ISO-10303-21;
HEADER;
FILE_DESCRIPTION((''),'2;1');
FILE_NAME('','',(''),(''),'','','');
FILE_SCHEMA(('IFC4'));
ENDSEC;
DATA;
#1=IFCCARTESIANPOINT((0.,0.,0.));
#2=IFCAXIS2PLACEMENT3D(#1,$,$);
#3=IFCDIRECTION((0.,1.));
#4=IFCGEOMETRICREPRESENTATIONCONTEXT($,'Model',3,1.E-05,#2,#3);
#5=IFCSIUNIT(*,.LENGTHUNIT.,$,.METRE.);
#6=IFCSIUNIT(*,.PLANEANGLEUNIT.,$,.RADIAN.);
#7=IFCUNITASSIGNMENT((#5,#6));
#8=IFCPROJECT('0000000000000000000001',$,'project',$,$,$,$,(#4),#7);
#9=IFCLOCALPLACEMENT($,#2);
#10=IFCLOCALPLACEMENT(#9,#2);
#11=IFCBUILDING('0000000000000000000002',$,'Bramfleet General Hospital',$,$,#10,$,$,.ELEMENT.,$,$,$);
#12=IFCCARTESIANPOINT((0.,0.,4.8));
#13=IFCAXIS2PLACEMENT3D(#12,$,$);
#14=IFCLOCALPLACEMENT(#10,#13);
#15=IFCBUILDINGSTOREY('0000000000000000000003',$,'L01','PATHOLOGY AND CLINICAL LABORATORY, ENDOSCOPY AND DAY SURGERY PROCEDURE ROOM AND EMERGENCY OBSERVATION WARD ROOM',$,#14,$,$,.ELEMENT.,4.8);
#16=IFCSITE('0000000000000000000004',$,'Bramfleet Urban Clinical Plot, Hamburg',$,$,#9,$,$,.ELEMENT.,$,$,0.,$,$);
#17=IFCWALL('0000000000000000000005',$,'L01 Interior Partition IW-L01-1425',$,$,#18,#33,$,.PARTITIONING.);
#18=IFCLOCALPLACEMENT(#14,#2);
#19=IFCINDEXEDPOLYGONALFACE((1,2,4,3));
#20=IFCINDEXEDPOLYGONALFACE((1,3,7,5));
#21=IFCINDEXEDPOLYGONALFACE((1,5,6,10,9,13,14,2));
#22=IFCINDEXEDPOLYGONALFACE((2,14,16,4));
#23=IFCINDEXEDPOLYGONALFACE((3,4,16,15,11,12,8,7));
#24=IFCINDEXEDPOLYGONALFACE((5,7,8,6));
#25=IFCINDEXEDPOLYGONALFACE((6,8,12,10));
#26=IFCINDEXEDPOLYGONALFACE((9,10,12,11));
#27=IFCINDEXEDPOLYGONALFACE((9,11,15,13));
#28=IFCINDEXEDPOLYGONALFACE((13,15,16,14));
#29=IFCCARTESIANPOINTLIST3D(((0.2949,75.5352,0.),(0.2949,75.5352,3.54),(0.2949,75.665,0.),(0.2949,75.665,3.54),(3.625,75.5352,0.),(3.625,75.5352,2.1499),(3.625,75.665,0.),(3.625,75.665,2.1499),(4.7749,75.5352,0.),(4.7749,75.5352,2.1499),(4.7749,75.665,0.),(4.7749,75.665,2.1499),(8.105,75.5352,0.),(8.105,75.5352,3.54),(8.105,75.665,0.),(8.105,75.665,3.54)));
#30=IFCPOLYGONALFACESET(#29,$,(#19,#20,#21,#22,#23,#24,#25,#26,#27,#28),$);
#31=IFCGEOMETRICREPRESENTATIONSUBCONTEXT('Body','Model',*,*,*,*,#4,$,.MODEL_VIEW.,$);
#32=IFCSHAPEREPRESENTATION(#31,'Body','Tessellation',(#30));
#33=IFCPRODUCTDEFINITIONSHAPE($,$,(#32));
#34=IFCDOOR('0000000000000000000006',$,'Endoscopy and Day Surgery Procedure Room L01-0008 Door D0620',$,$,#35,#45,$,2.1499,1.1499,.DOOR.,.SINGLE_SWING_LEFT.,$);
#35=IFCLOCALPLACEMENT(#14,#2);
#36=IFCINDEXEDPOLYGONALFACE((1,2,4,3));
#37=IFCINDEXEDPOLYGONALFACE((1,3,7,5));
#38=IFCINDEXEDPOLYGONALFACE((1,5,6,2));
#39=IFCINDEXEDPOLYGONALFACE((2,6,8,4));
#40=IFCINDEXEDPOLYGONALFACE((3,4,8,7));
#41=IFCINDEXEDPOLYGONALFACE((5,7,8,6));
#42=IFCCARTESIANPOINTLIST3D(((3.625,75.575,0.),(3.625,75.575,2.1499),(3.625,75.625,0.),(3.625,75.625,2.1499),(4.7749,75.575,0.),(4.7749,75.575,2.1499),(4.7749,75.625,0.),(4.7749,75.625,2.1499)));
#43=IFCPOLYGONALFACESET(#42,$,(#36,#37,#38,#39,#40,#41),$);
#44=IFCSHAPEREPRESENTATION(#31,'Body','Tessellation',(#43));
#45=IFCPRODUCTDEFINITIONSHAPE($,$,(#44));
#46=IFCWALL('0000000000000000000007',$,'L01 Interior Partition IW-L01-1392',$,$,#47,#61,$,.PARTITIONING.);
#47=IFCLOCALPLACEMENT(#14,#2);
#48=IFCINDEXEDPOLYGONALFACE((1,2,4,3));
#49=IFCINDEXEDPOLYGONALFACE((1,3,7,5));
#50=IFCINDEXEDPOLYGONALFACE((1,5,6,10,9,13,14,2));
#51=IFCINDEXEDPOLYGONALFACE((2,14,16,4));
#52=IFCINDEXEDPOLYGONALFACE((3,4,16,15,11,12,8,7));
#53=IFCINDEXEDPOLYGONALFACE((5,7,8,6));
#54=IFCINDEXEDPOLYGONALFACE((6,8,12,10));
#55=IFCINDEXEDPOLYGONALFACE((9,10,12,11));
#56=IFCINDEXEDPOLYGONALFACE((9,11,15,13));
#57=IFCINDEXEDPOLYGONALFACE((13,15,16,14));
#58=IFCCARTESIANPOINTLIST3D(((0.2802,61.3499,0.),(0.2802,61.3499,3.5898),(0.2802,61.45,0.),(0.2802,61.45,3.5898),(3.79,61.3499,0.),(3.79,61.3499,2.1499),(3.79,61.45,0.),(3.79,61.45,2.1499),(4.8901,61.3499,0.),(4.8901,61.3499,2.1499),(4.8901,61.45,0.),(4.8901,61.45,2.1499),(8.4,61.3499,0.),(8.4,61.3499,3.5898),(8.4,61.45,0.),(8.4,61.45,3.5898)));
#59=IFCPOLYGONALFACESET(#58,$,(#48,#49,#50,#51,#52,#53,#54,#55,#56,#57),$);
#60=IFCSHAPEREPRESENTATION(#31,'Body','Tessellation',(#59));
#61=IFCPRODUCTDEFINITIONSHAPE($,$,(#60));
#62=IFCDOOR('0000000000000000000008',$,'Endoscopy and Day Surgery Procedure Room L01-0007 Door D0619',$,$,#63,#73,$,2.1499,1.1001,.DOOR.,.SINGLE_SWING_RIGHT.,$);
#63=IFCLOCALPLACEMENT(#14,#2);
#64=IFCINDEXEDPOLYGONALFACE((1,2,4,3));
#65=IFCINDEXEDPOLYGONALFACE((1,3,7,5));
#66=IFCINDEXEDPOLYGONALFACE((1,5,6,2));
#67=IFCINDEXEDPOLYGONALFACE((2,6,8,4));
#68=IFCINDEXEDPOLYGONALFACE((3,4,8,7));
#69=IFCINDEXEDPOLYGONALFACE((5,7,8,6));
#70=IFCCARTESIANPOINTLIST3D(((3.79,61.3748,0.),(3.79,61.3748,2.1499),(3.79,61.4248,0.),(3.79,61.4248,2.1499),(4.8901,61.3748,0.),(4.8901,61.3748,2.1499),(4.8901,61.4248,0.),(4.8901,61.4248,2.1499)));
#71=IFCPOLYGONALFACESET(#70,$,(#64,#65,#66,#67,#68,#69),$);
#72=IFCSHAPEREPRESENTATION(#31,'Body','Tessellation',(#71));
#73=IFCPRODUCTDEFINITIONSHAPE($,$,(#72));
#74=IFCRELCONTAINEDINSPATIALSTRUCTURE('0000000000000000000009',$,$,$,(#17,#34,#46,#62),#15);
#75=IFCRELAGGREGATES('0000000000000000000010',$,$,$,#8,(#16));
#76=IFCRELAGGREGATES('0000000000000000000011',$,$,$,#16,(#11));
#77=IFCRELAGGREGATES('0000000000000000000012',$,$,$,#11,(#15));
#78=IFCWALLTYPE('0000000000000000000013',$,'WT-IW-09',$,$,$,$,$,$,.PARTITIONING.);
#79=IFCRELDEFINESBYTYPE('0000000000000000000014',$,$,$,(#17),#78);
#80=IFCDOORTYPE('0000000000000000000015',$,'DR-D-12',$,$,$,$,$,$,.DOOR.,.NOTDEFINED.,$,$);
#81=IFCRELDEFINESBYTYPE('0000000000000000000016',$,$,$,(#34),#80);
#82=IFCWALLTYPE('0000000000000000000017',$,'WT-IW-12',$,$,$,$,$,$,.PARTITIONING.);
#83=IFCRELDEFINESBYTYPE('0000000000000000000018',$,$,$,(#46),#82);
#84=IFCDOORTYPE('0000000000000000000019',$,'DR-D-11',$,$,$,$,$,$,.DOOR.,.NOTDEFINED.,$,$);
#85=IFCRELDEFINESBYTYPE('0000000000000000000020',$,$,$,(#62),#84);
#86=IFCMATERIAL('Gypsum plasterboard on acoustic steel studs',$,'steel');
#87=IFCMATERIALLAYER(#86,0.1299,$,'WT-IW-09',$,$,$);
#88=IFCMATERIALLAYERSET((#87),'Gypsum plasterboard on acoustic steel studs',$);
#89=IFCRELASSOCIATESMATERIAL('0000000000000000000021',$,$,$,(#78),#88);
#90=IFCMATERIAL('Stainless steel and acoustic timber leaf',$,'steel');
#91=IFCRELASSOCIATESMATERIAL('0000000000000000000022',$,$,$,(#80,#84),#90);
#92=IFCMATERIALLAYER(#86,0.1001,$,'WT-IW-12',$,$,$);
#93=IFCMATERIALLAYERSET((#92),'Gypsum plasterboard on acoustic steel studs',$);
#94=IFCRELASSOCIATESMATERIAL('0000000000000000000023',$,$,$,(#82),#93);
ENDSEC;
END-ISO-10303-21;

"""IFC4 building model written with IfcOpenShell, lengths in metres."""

from ifc_helpers import new_model, si_unit, direction, frame, frame_2d, origin, place, context, subcontext, project, spatial, rectangle, extrude, material, layer, layer_set, type_object, element, fill, save


model = new_model("IFC4")

# Units and contexts
model_context = context("Model", 3, precision=1e-05, world=origin(), true_north=direction((0.0, 1.0)))
body_context = subcontext(model_context, "Body", "Model", "MODEL_VIEW")
ifc_project = project(units=[si_unit("LENGTHUNIT", "METRE"), si_unit("PLANEANGLEUNIT", "RADIAN")], contexts=[model_context])

# Site, building, storey
site_placement = place(None, origin())
site = spatial("IfcSite", under=ifc_project, at=site_placement, Name="Bramfleet Urban Clinical Plot, Hamburg", CompositionType="ELEMENT", RefElevation=0.0)
building_placement = place(site_placement, origin())
building = spatial("IfcBuilding", under=site, at=building_placement, Name="Bramfleet General Hospital", CompositionType="ELEMENT")
storey_placement = place(building_placement, frame((0.0, 0.0, 4.8)))
storey = spatial("IfcBuildingStorey", under=building, at=storey_placement, Name="L01", Description="PATHOLOGY AND CLINICAL LABORATORY, ENDOSCOPY AND DAY SURGERY PROCEDURE ROOM AND EMERGENCY OBSERVATION WARD ROOM", CompositionType="ELEMENT", Elevation=4.8)

# Walls, openings, doors
ifc_material_1 = material(Name="Gypsum plasterboard on acoustic steel studs", Category="steel")
ifc_layer_1 = layer(ifc_material_1, 0.1299, Name="WT-IW-09")
ifc_layer_set_1 = layer_set([ifc_layer_1], Name="Gypsum plasterboard on acoustic steel studs")
wall_type_1 = type_object("IfcWallType", Name="WT-IW-09", PredefinedType="PARTITIONING", material=ifc_layer_set_1)
wall_1_placement = place(storey_placement, frame((0.2949, 75.6001, 0.0), z_axis=(0.0, 0.0, 1.0), x_axis=(1.0, 0.0, 0.0)))
wall_1 = element("IfcWall", 1, at=wall_1_placement, inside=storey, type_object=wall_type_1, Name="L01 Interior Partition IW-L01-1425", PredefinedType="PARTITIONING", context=body_context, shape_type="SweptSolid", body=[
    extrude(rectangle(XDim=7.8101, YDim=0.1299, at=frame_2d((3.905, 0.0))), origin(), (0.0, 0.0, 1.0), 3.54),
])
opening_1_placement = place(wall_1_placement, frame((3.3301, 0.0, 0.0)))
opening_1 = element("IfcOpeningElement", 2, at=opening_1_placement, cuts=wall_1, PredefinedType="OPENING", context=body_context, shape_type="SweptSolid", body=[
    extrude(rectangle(XDim=1.1499, YDim=2.1499, at=frame_2d((0.575, 1.075))), frame((0.0, 0.075, 0.0), z_axis=(0.0, -1.0, 0.0), x_axis=(1.0, 0.0, 0.0)), (0.0, 0.0, 1.0), 0.1499),
])
ifc_material_2 = material(Name="Stainless steel and acoustic timber leaf", Category="steel")
door_type_1 = type_object("IfcDoorType", Name="DR-D-12", OperationType="NOTDEFINED", PredefinedType="DOOR", material=ifc_material_2)
door_1_placement = place(opening_1_placement, origin())
door_1 = element("IfcDoor", 3, at=door_1_placement, inside=storey, type_object=door_type_1, Name="Endoscopy and Day Surgery Procedure Room L01-0008 Door D0620", OperationType="SINGLE_SWING_LEFT", OverallHeight=2.1499, OverallWidth=1.1499, PredefinedType="DOOR", context=body_context, shape_type="SweptSolid", body=[
    extrude(rectangle(XDim=1.1499, YDim=2.1499, at=frame_2d((0.575, 1.075))), frame((0.0, 0.0249, 0.0), z_axis=(0.0, -1.0, 0.0), x_axis=(1.0, 0.0, 0.0)), (0.0, 0.0, 1.0), 0.05),
])
fill(opening_1, door_1)
ifc_layer_2 = layer(ifc_material_1, 0.1001, Name="WT-IW-12")
ifc_layer_set_2 = layer_set([ifc_layer_2], Name="Gypsum plasterboard on acoustic steel studs")
wall_type_2 = type_object("IfcWallType", Name="WT-IW-12", PredefinedType="PARTITIONING", material=ifc_layer_set_2)
wall_2_placement = place(storey_placement, frame((0.28, 61.3999, 0.0), z_axis=(0.0, 0.0, 1.0), x_axis=(1.0, 0.0, 0.0)))
wall_2 = element("IfcWall", 4, at=wall_2_placement, inside=storey, type_object=wall_type_2, Name="L01 Interior Partition IW-L01-1392", PredefinedType="PARTITIONING", context=body_context, shape_type="SweptSolid", body=[
    extrude(rectangle(XDim=8.1199, YDim=0.1001, at=frame_2d((4.0601, 0.0))), origin(), (0.0, 0.0, 1.0), 3.5898),
])
opening_2_placement = place(wall_2_placement, frame((3.51, 0.0, 0.0)))
opening_2 = element("IfcOpeningElement", 5, at=opening_2_placement, cuts=wall_2, PredefinedType="OPENING", context=body_context, shape_type="SweptSolid", body=[
    extrude(rectangle(XDim=1.1001, YDim=2.1499, at=frame_2d((0.55, 1.075))), frame((0.0, 0.0601, 0.0), z_axis=(0.0, -1.0, 0.0), x_axis=(1.0, 0.0, 0.0)), (0.0, 0.0, 1.0), 0.1201),
])
door_type_2 = type_object("IfcDoorType", Name="DR-D-11", OperationType="NOTDEFINED", PredefinedType="DOOR", material=ifc_material_2)
door_2_placement = place(opening_2_placement, origin())
door_2 = element("IfcDoor", 6, at=door_2_placement, inside=storey, type_object=door_type_2, Name="Endoscopy and Day Surgery Procedure Room L01-0007 Door D0619", OperationType="SINGLE_SWING_RIGHT", OverallHeight=2.1499, OverallWidth=1.1001, PredefinedType="DOOR", context=body_context, shape_type="SweptSolid", body=[
    extrude(rectangle(XDim=1.1001, YDim=2.1499, at=frame_2d((0.55, 1.075))), frame((0.0, 0.0249, 0.0), z_axis=(0.0, -1.0, 0.0), x_axis=(1.0, 0.0, 0.0)), (0.0, 0.0, 1.0), 0.05),
])
fill(opening_2, door_2)

save(model, "model.ifc")
